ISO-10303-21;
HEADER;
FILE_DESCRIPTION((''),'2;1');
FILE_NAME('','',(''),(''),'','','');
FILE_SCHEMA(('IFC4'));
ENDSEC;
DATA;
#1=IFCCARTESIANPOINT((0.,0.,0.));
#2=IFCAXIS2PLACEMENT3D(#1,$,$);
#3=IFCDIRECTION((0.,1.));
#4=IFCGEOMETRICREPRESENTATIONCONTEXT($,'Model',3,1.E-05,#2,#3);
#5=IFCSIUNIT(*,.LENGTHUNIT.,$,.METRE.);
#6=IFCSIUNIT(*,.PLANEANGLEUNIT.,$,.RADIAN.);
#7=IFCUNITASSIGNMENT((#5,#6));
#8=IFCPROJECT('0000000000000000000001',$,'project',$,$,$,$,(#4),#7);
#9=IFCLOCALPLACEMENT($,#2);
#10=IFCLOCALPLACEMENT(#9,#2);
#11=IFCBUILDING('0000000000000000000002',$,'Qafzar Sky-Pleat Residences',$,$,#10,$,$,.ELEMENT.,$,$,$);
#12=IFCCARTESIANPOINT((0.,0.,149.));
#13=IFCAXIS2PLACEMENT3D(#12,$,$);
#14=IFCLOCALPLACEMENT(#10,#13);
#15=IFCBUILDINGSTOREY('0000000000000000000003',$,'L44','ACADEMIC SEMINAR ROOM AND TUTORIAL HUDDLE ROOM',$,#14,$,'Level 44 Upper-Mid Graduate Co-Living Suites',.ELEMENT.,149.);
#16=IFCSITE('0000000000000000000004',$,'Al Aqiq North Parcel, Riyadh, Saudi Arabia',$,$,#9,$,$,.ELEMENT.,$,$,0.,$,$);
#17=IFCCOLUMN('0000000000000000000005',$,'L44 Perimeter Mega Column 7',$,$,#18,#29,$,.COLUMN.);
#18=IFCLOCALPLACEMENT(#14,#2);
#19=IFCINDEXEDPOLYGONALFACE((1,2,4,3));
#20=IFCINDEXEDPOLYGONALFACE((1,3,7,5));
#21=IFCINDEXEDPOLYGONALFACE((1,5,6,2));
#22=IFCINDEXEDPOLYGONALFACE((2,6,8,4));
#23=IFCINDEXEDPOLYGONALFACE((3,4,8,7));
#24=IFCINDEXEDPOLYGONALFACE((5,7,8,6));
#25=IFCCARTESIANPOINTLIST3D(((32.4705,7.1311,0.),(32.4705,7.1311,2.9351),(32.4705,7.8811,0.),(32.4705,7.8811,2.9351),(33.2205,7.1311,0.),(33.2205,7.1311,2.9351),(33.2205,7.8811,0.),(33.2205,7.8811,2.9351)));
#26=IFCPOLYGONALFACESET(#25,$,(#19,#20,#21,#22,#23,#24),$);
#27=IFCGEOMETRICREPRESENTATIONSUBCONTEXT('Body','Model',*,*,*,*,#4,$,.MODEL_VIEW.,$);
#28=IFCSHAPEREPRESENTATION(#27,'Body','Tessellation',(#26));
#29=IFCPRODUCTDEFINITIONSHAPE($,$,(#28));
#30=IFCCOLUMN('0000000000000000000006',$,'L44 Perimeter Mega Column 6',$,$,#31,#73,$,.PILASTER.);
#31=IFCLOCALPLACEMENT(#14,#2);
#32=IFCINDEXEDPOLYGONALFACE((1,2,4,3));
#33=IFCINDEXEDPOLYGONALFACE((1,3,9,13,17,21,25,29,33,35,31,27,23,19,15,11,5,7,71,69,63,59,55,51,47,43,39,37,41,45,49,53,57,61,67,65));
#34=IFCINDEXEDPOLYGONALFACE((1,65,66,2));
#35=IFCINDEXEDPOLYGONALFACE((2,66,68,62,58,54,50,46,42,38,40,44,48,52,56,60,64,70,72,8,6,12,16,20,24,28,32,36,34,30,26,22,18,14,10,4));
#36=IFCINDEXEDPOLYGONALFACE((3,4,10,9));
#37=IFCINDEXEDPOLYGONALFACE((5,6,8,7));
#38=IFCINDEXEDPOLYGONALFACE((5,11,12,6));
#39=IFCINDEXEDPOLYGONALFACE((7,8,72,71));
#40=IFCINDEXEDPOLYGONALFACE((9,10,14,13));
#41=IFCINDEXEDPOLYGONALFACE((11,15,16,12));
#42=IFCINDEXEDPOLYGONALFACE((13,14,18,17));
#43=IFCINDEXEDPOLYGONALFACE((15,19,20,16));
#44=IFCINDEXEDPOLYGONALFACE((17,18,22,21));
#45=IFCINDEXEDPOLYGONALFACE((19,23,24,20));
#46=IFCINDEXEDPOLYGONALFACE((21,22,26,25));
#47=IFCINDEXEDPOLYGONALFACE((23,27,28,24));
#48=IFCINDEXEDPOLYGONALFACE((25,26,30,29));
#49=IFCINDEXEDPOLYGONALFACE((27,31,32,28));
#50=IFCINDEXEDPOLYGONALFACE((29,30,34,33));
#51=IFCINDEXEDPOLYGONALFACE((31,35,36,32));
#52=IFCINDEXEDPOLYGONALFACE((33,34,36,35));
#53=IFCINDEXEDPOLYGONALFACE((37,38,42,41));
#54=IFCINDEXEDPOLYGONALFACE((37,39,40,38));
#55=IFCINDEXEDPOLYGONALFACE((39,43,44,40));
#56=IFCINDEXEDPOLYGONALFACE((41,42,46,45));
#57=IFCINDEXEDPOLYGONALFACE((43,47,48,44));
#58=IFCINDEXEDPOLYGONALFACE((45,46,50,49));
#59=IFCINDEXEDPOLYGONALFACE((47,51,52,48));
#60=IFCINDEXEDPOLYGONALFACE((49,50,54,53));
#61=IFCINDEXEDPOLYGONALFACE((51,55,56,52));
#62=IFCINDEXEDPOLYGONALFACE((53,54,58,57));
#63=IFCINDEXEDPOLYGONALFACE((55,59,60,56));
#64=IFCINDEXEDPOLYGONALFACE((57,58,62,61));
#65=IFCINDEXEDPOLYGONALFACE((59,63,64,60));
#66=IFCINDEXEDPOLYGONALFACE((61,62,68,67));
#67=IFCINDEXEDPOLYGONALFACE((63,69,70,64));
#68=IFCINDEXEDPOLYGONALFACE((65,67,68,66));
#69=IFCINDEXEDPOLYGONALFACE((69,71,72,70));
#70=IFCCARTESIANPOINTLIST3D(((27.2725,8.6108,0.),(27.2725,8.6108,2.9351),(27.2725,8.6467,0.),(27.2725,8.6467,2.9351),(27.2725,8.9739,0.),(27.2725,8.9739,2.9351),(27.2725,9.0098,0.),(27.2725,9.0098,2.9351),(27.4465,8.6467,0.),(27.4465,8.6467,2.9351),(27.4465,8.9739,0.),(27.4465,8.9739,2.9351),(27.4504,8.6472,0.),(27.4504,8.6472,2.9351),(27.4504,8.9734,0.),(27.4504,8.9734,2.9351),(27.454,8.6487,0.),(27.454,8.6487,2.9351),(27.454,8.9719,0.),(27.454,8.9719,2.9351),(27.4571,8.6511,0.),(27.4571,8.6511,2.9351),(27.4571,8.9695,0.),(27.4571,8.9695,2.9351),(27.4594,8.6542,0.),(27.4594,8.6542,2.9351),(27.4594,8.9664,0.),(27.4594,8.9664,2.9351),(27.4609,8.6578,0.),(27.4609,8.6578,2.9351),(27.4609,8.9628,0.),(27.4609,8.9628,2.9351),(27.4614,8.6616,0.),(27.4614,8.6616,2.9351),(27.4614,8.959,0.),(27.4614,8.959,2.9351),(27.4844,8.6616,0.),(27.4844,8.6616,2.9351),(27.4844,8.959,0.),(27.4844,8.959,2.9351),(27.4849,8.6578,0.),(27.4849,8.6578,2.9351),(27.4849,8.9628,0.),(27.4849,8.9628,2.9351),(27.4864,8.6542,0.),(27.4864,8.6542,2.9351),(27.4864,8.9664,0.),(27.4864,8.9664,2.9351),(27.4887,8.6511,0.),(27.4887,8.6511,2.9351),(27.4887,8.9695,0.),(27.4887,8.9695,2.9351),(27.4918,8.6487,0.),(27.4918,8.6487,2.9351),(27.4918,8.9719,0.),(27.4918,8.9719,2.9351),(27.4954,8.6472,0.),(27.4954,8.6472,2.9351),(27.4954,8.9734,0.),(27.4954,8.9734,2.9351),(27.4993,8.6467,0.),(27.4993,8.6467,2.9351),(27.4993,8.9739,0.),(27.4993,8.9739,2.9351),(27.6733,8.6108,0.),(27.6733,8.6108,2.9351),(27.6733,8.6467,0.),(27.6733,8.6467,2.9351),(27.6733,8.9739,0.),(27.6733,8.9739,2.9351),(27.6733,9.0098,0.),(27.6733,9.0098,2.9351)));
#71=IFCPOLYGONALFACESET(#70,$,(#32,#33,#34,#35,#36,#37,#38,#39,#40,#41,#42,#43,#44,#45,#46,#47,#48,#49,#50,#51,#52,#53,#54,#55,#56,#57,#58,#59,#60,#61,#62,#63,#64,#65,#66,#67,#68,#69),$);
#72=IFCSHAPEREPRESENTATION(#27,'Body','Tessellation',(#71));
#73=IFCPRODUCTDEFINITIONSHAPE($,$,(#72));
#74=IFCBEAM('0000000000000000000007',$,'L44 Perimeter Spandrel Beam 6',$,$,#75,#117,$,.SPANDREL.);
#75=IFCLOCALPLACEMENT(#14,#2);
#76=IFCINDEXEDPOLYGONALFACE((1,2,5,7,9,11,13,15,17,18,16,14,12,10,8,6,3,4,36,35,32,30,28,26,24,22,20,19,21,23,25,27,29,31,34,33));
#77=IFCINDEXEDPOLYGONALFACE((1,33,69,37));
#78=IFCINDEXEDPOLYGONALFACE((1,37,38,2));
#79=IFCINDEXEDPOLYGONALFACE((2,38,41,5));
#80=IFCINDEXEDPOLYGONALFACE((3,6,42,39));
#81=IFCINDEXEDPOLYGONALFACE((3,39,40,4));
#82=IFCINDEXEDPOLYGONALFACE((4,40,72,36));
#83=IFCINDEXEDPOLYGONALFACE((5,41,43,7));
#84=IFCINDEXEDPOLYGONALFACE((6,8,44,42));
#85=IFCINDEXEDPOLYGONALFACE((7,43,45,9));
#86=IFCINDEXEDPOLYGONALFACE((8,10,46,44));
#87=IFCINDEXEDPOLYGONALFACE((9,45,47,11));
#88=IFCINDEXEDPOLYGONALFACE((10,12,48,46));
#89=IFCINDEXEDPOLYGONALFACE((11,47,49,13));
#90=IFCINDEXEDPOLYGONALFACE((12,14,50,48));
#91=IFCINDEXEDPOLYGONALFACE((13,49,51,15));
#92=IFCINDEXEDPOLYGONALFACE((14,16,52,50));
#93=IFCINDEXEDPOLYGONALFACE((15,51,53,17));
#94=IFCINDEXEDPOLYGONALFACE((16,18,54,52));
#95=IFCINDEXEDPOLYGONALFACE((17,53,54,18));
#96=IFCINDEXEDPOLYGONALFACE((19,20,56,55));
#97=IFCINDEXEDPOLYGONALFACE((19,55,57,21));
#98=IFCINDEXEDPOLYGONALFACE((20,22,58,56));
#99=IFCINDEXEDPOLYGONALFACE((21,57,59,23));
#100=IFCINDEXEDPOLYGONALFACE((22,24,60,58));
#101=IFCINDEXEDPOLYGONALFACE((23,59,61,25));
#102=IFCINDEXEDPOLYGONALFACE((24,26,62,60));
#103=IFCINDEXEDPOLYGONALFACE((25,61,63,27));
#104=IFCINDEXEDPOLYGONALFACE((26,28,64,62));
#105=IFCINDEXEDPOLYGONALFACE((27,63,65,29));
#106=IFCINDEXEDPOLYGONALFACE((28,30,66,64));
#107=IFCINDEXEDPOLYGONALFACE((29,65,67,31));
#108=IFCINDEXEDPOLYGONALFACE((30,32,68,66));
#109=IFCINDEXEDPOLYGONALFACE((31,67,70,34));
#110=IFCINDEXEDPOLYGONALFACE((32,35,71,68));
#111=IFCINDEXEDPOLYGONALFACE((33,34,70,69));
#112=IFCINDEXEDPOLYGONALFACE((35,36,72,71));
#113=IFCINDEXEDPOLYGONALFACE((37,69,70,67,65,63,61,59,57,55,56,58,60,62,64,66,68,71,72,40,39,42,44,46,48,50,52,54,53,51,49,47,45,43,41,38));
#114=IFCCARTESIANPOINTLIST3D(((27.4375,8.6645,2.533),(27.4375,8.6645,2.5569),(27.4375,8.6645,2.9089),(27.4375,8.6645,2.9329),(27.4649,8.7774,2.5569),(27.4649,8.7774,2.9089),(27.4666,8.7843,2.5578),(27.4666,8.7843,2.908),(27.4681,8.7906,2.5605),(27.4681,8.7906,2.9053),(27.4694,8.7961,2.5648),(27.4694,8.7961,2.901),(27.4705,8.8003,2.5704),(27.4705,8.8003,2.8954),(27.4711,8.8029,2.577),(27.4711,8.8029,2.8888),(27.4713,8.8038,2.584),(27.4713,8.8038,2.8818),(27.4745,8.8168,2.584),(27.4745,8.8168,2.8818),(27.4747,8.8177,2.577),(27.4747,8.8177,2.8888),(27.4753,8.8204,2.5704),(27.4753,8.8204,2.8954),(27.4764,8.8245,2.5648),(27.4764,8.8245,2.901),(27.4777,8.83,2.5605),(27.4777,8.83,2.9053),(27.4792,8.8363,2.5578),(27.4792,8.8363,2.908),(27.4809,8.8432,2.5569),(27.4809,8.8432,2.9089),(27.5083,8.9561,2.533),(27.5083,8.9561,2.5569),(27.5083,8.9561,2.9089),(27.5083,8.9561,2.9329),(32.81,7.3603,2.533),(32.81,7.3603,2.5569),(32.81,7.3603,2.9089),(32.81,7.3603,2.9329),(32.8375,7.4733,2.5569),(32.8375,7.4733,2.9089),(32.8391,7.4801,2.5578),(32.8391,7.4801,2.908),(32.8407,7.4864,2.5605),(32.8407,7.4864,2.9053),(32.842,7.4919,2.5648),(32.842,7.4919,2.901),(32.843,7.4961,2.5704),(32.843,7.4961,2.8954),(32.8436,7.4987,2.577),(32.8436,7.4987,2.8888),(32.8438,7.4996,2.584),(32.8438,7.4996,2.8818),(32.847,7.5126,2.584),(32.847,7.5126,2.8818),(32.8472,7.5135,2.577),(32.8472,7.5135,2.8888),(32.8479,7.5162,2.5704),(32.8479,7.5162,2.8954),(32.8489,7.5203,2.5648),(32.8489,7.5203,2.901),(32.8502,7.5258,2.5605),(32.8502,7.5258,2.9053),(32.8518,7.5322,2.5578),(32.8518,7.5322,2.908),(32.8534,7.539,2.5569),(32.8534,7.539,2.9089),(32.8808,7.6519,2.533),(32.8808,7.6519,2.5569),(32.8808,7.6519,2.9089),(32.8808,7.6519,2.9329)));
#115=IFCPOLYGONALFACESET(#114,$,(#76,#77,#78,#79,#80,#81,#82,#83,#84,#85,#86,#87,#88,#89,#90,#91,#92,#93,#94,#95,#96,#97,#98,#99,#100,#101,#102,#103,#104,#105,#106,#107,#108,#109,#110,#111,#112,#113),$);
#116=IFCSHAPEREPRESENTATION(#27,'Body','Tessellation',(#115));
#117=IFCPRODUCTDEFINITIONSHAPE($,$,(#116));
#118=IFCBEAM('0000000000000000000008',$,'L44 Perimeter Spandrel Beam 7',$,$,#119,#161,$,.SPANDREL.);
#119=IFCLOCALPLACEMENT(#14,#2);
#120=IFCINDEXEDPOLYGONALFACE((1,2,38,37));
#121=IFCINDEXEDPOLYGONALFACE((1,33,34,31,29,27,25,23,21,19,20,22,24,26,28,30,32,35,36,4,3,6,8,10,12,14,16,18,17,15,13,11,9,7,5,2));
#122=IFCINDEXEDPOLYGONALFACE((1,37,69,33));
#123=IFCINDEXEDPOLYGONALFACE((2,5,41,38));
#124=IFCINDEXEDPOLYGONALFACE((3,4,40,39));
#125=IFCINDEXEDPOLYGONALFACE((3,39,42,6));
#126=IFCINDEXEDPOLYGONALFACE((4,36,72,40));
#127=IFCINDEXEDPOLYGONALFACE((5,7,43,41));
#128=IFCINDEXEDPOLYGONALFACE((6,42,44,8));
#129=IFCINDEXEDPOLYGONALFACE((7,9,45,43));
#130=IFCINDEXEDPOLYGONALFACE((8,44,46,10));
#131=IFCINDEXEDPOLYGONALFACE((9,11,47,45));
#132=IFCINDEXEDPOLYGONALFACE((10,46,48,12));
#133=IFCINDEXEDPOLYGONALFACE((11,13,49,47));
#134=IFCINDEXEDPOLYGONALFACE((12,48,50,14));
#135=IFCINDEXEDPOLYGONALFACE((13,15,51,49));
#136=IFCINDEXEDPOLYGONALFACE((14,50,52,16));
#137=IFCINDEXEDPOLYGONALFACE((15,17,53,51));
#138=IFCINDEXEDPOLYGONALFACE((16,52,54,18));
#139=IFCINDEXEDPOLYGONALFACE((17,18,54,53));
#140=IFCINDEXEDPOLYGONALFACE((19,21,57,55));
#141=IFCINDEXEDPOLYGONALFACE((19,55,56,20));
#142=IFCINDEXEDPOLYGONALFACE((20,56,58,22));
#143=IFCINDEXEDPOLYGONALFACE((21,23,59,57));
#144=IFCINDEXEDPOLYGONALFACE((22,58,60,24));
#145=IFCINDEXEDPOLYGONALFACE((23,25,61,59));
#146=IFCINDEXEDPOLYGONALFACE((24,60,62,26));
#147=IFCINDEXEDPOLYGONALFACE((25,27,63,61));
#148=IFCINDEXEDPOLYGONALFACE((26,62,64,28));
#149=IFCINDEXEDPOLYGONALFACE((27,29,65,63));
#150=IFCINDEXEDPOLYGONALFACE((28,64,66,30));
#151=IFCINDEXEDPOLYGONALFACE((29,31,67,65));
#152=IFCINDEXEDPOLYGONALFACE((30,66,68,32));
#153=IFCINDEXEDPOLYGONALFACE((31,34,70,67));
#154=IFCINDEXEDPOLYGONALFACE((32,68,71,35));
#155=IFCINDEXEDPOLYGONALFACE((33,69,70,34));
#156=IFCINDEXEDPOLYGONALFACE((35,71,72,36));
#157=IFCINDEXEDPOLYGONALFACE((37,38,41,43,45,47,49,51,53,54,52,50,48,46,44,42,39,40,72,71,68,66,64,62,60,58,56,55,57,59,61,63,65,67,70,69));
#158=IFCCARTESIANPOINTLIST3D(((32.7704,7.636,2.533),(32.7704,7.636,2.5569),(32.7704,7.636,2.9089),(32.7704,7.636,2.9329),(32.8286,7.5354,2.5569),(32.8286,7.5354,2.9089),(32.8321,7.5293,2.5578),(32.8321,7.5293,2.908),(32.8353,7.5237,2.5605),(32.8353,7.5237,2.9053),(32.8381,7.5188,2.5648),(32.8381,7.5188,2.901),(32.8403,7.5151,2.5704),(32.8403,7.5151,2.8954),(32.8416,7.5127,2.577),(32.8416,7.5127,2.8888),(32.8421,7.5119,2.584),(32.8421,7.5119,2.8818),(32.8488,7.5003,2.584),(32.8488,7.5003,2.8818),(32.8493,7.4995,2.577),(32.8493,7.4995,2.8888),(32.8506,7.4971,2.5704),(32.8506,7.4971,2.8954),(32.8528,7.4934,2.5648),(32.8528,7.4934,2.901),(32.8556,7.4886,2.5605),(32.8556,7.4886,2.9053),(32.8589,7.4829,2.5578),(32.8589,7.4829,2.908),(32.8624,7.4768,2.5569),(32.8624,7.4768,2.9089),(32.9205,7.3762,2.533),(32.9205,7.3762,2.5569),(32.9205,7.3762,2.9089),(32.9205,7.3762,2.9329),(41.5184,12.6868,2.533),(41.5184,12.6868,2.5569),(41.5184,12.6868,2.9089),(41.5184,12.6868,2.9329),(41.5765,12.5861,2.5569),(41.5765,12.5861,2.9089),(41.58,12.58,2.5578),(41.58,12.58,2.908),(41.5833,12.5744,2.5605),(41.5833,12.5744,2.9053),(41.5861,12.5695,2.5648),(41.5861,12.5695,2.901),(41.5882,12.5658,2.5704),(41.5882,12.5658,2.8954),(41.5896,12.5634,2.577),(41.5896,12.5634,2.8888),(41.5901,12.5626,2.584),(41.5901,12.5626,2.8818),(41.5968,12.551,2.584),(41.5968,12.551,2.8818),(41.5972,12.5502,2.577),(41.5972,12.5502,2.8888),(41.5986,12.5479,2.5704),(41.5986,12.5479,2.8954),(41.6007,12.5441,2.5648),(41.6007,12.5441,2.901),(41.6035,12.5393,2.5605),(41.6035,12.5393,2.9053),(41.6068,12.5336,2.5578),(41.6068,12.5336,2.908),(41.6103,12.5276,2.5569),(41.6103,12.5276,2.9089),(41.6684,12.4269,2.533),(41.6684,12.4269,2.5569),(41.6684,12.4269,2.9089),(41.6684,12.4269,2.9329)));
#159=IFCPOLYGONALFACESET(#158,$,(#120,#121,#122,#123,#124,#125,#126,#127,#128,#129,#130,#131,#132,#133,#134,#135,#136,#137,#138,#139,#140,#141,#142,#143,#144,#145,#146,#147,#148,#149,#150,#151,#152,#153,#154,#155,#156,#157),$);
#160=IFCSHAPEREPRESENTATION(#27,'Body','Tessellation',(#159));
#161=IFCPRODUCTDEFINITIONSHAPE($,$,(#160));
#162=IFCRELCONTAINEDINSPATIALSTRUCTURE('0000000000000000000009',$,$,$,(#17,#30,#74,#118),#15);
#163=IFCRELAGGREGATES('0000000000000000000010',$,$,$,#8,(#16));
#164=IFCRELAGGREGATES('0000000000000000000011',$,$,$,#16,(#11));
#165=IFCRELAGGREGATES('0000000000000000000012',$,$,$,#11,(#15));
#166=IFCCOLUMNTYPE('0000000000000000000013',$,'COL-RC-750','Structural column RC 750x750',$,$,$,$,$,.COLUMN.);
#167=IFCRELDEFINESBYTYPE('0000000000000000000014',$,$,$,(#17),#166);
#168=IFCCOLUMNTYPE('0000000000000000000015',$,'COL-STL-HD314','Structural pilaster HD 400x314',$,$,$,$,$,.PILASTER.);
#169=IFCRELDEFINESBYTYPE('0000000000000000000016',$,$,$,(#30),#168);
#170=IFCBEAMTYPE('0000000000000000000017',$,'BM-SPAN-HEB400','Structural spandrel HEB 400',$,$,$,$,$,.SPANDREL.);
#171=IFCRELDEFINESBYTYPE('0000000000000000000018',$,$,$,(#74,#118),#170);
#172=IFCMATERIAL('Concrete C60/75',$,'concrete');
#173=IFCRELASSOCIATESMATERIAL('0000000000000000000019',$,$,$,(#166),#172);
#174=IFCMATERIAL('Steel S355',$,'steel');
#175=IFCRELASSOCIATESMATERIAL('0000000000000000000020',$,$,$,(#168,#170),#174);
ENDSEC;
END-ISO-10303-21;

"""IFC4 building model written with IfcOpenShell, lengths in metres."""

from ifc_helpers import new_model, si_unit, direction, frame, origin, origin_2d, place, context, subcontext, project, spatial, rectangle, i_section, extrude, source, transform, mapped, material, material_profile, profile_set, type_object, element, save


model = new_model("IFC4")

# Units and contexts
model_context = context("Model", 3, precision=1e-05, world=origin(), true_north=direction((0.0, 1.0)))
body_context = subcontext(model_context, "Body", "Model", "MODEL_VIEW")
ifc_project = project(units=[si_unit("LENGTHUNIT", "METRE"), si_unit("PLANEANGLEUNIT", "RADIAN")], contexts=[model_context])

# Site, building, storey
site_placement = place(None, origin())
site = spatial("IfcSite", under=ifc_project, at=site_placement, Name="Al Aqiq North Parcel, Riyadh, Saudi Arabia", CompositionType="ELEMENT", RefElevation=0.0)
building_placement = place(site_placement, origin())
building = spatial("IfcBuilding", under=site, at=building_placement, Name="Qafzar Sky-Pleat Residences", CompositionType="ELEMENT")
storey_placement = place(building_placement, frame((0.0, 0.0, 149.0)))
storey = spatial("IfcBuildingStorey", under=building, at=storey_placement, Name="L44", Description="ACADEMIC SEMINAR ROOM AND TUTORIAL HUDDLE ROOM", LongName="Level 44 Upper-Mid Graduate Co-Living Suites", CompositionType="ELEMENT", Elevation=149.0)

# Columns
ifc_material_1 = material(Name="Concrete C60/75", Category="concrete")
ifc_material_profile_1 = material_profile(ifc_material_1, rectangle(XDim=0.75, YDim=0.75, at=origin_2d()), Name="RC 750x750")
ifc_profile_set_1 = profile_set([ifc_material_profile_1], Name="Concrete C60/75")
column_type_1 = type_object("IfcColumnType", Name="COL-RC-750", Description="Structural column RC 750x750", PredefinedType="COLUMN", material=ifc_profile_set_1)
shared_shape_1 = source(origin(), body_context, "Body", "SweptSolid", [
    extrude(rectangle(XDim=0.75, YDim=0.75, at=origin_2d()), origin(), (0.0, 0.0, 1.0), 2.9351),
])
column_1_placement = place(storey_placement, frame((32.8455, 7.5061, 0.0), z_axis=(0.0, 0.0, 1.0), x_axis=(1.0, 0.0, 0.0)))
element("IfcColumn", 1, at=column_1_placement, inside=storey, type_object=column_type_1, Name="L44 Perimeter Mega Column 7", PredefinedType="COLUMN", context=body_context, shape_type="MappedRepresentation", body=[
    mapped(shared_shape_1, transform((0.0, 0.0, 0.0), x_axis=(1.0, 0.0, 0.0), y_axis=(0.0, 1.0, 0.0), z_axis=(0.0, 0.0, 1.0), scale=1.0)),
])
ifc_material_2 = material(Name="Steel S355", Category="steel")
ifc_material_profile_2 = material_profile(ifc_material_2, i_section(OverallWidth=0.4009, OverallDepth=0.3989, WebThickness=0.0229, FlangeThickness=0.0359, FilletRadius=0.0149, at=origin_2d()), Name="HD 400x314")
ifc_profile_set_2 = profile_set([ifc_material_profile_2], Name="Steel S355")
column_type_2 = type_object("IfcColumnType", Name="COL-STL-HD314", Description="Structural pilaster HD 400x314", PredefinedType="PILASTER", material=ifc_profile_set_2)
shared_shape_2 = source(origin(), body_context, "Body", "SweptSolid", [
    extrude(i_section(OverallWidth=0.4009, OverallDepth=0.3989, WebThickness=0.0229, FlangeThickness=0.0359, FilletRadius=0.0149, at=origin_2d()), origin(), (0.0, 0.0, 1.0), 2.9351),
])
column_2_placement = place(storey_placement, frame((27.4729, 8.8103, 0.0), z_axis=(0.0, 0.0, 1.0), x_axis=(1.0, 0.0, 0.0)))
element("IfcColumn", 2, at=column_2_placement, inside=storey, type_object=column_type_2, Name="L44 Perimeter Mega Column 6", PredefinedType="PILASTER", context=body_context, shape_type="MappedRepresentation", body=[
    mapped(shared_shape_2, transform((0.0, 0.0, 0.0), x_axis=(1.0, 0.0, 0.0), y_axis=(0.0, 1.0, 0.0), z_axis=(0.0, 0.0, 1.0), scale=1.0)),
])

# Beams
ifc_material_profile_3 = material_profile(ifc_material_2, i_section(OverallWidth=0.3, OverallDepth=0.3999, WebThickness=0.0134, FlangeThickness=0.0239, FilletRadius=0.0271, at=origin_2d()), Name="HEB 400")
ifc_profile_set_3 = profile_set([ifc_material_profile_3], Name="Steel S355")
beam_type_1 = type_object("IfcBeamType", Name="BM-SPAN-HEB400", Description="Structural spandrel HEB 400", PredefinedType="SPANDREL", material=ifc_profile_set_3)
shared_shape_3 = source(origin(), body_context, "Body", "SweptSolid", [
    extrude(i_section(OverallWidth=0.3, OverallDepth=0.3999, WebThickness=0.0134, FlangeThickness=0.0239, FilletRadius=0.0271, at=origin_2d()), origin(), (0.0, 0.0, 1.0), 5.5286),
])
beam_1_placement = place(storey_placement, frame((27.4729, 8.8103, 2.7329), z_axis=(0.971777, -0.235901, 0.0), x_axis=(0.235901, 0.971777, 0.0)))
element("IfcBeam", 3, at=beam_1_placement, inside=storey, type_object=beam_type_1, Name="L44 Perimeter Spandrel Beam 6", PredefinedType="SPANDREL", context=body_context, shape_type="MappedRepresentation", body=[
    mapped(shared_shape_3, transform((0.0, 0.0, 0.0), x_axis=(1.0, 0.0, 0.0), y_axis=(0.0, 1.0, 0.0), z_axis=(0.0, 0.0, 1.0), scale=1.0)),
])
shared_shape_4 = source(origin(), body_context, "Body", "SweptSolid", [
    extrude(i_section(OverallWidth=0.3, OverallDepth=0.3999, WebThickness=0.0134, FlangeThickness=0.0239, FilletRadius=0.0271, at=origin_2d()), origin(), (0.0, 0.0, 1.0), 10.1013),
])
beam_2_placement = place(storey_placement, frame((32.8455, 7.5061, 2.7329), z_axis=(0.866021, 0.500007, 0.0), x_axis=(-0.500007, 0.866021, 0.0)))
element("IfcBeam", 4, at=beam_2_placement, inside=storey, type_object=beam_type_1, Name="L44 Perimeter Spandrel Beam 7", PredefinedType="SPANDREL", context=body_context, shape_type="MappedRepresentation", body=[
    mapped(shared_shape_4, transform((0.0, 0.0, 0.0), x_axis=(1.0, 0.0, 0.0), y_axis=(0.0, 1.0, 0.0), z_axis=(0.0, 0.0, 1.0), scale=1.0)),
])

save(model, "model.ifc")
